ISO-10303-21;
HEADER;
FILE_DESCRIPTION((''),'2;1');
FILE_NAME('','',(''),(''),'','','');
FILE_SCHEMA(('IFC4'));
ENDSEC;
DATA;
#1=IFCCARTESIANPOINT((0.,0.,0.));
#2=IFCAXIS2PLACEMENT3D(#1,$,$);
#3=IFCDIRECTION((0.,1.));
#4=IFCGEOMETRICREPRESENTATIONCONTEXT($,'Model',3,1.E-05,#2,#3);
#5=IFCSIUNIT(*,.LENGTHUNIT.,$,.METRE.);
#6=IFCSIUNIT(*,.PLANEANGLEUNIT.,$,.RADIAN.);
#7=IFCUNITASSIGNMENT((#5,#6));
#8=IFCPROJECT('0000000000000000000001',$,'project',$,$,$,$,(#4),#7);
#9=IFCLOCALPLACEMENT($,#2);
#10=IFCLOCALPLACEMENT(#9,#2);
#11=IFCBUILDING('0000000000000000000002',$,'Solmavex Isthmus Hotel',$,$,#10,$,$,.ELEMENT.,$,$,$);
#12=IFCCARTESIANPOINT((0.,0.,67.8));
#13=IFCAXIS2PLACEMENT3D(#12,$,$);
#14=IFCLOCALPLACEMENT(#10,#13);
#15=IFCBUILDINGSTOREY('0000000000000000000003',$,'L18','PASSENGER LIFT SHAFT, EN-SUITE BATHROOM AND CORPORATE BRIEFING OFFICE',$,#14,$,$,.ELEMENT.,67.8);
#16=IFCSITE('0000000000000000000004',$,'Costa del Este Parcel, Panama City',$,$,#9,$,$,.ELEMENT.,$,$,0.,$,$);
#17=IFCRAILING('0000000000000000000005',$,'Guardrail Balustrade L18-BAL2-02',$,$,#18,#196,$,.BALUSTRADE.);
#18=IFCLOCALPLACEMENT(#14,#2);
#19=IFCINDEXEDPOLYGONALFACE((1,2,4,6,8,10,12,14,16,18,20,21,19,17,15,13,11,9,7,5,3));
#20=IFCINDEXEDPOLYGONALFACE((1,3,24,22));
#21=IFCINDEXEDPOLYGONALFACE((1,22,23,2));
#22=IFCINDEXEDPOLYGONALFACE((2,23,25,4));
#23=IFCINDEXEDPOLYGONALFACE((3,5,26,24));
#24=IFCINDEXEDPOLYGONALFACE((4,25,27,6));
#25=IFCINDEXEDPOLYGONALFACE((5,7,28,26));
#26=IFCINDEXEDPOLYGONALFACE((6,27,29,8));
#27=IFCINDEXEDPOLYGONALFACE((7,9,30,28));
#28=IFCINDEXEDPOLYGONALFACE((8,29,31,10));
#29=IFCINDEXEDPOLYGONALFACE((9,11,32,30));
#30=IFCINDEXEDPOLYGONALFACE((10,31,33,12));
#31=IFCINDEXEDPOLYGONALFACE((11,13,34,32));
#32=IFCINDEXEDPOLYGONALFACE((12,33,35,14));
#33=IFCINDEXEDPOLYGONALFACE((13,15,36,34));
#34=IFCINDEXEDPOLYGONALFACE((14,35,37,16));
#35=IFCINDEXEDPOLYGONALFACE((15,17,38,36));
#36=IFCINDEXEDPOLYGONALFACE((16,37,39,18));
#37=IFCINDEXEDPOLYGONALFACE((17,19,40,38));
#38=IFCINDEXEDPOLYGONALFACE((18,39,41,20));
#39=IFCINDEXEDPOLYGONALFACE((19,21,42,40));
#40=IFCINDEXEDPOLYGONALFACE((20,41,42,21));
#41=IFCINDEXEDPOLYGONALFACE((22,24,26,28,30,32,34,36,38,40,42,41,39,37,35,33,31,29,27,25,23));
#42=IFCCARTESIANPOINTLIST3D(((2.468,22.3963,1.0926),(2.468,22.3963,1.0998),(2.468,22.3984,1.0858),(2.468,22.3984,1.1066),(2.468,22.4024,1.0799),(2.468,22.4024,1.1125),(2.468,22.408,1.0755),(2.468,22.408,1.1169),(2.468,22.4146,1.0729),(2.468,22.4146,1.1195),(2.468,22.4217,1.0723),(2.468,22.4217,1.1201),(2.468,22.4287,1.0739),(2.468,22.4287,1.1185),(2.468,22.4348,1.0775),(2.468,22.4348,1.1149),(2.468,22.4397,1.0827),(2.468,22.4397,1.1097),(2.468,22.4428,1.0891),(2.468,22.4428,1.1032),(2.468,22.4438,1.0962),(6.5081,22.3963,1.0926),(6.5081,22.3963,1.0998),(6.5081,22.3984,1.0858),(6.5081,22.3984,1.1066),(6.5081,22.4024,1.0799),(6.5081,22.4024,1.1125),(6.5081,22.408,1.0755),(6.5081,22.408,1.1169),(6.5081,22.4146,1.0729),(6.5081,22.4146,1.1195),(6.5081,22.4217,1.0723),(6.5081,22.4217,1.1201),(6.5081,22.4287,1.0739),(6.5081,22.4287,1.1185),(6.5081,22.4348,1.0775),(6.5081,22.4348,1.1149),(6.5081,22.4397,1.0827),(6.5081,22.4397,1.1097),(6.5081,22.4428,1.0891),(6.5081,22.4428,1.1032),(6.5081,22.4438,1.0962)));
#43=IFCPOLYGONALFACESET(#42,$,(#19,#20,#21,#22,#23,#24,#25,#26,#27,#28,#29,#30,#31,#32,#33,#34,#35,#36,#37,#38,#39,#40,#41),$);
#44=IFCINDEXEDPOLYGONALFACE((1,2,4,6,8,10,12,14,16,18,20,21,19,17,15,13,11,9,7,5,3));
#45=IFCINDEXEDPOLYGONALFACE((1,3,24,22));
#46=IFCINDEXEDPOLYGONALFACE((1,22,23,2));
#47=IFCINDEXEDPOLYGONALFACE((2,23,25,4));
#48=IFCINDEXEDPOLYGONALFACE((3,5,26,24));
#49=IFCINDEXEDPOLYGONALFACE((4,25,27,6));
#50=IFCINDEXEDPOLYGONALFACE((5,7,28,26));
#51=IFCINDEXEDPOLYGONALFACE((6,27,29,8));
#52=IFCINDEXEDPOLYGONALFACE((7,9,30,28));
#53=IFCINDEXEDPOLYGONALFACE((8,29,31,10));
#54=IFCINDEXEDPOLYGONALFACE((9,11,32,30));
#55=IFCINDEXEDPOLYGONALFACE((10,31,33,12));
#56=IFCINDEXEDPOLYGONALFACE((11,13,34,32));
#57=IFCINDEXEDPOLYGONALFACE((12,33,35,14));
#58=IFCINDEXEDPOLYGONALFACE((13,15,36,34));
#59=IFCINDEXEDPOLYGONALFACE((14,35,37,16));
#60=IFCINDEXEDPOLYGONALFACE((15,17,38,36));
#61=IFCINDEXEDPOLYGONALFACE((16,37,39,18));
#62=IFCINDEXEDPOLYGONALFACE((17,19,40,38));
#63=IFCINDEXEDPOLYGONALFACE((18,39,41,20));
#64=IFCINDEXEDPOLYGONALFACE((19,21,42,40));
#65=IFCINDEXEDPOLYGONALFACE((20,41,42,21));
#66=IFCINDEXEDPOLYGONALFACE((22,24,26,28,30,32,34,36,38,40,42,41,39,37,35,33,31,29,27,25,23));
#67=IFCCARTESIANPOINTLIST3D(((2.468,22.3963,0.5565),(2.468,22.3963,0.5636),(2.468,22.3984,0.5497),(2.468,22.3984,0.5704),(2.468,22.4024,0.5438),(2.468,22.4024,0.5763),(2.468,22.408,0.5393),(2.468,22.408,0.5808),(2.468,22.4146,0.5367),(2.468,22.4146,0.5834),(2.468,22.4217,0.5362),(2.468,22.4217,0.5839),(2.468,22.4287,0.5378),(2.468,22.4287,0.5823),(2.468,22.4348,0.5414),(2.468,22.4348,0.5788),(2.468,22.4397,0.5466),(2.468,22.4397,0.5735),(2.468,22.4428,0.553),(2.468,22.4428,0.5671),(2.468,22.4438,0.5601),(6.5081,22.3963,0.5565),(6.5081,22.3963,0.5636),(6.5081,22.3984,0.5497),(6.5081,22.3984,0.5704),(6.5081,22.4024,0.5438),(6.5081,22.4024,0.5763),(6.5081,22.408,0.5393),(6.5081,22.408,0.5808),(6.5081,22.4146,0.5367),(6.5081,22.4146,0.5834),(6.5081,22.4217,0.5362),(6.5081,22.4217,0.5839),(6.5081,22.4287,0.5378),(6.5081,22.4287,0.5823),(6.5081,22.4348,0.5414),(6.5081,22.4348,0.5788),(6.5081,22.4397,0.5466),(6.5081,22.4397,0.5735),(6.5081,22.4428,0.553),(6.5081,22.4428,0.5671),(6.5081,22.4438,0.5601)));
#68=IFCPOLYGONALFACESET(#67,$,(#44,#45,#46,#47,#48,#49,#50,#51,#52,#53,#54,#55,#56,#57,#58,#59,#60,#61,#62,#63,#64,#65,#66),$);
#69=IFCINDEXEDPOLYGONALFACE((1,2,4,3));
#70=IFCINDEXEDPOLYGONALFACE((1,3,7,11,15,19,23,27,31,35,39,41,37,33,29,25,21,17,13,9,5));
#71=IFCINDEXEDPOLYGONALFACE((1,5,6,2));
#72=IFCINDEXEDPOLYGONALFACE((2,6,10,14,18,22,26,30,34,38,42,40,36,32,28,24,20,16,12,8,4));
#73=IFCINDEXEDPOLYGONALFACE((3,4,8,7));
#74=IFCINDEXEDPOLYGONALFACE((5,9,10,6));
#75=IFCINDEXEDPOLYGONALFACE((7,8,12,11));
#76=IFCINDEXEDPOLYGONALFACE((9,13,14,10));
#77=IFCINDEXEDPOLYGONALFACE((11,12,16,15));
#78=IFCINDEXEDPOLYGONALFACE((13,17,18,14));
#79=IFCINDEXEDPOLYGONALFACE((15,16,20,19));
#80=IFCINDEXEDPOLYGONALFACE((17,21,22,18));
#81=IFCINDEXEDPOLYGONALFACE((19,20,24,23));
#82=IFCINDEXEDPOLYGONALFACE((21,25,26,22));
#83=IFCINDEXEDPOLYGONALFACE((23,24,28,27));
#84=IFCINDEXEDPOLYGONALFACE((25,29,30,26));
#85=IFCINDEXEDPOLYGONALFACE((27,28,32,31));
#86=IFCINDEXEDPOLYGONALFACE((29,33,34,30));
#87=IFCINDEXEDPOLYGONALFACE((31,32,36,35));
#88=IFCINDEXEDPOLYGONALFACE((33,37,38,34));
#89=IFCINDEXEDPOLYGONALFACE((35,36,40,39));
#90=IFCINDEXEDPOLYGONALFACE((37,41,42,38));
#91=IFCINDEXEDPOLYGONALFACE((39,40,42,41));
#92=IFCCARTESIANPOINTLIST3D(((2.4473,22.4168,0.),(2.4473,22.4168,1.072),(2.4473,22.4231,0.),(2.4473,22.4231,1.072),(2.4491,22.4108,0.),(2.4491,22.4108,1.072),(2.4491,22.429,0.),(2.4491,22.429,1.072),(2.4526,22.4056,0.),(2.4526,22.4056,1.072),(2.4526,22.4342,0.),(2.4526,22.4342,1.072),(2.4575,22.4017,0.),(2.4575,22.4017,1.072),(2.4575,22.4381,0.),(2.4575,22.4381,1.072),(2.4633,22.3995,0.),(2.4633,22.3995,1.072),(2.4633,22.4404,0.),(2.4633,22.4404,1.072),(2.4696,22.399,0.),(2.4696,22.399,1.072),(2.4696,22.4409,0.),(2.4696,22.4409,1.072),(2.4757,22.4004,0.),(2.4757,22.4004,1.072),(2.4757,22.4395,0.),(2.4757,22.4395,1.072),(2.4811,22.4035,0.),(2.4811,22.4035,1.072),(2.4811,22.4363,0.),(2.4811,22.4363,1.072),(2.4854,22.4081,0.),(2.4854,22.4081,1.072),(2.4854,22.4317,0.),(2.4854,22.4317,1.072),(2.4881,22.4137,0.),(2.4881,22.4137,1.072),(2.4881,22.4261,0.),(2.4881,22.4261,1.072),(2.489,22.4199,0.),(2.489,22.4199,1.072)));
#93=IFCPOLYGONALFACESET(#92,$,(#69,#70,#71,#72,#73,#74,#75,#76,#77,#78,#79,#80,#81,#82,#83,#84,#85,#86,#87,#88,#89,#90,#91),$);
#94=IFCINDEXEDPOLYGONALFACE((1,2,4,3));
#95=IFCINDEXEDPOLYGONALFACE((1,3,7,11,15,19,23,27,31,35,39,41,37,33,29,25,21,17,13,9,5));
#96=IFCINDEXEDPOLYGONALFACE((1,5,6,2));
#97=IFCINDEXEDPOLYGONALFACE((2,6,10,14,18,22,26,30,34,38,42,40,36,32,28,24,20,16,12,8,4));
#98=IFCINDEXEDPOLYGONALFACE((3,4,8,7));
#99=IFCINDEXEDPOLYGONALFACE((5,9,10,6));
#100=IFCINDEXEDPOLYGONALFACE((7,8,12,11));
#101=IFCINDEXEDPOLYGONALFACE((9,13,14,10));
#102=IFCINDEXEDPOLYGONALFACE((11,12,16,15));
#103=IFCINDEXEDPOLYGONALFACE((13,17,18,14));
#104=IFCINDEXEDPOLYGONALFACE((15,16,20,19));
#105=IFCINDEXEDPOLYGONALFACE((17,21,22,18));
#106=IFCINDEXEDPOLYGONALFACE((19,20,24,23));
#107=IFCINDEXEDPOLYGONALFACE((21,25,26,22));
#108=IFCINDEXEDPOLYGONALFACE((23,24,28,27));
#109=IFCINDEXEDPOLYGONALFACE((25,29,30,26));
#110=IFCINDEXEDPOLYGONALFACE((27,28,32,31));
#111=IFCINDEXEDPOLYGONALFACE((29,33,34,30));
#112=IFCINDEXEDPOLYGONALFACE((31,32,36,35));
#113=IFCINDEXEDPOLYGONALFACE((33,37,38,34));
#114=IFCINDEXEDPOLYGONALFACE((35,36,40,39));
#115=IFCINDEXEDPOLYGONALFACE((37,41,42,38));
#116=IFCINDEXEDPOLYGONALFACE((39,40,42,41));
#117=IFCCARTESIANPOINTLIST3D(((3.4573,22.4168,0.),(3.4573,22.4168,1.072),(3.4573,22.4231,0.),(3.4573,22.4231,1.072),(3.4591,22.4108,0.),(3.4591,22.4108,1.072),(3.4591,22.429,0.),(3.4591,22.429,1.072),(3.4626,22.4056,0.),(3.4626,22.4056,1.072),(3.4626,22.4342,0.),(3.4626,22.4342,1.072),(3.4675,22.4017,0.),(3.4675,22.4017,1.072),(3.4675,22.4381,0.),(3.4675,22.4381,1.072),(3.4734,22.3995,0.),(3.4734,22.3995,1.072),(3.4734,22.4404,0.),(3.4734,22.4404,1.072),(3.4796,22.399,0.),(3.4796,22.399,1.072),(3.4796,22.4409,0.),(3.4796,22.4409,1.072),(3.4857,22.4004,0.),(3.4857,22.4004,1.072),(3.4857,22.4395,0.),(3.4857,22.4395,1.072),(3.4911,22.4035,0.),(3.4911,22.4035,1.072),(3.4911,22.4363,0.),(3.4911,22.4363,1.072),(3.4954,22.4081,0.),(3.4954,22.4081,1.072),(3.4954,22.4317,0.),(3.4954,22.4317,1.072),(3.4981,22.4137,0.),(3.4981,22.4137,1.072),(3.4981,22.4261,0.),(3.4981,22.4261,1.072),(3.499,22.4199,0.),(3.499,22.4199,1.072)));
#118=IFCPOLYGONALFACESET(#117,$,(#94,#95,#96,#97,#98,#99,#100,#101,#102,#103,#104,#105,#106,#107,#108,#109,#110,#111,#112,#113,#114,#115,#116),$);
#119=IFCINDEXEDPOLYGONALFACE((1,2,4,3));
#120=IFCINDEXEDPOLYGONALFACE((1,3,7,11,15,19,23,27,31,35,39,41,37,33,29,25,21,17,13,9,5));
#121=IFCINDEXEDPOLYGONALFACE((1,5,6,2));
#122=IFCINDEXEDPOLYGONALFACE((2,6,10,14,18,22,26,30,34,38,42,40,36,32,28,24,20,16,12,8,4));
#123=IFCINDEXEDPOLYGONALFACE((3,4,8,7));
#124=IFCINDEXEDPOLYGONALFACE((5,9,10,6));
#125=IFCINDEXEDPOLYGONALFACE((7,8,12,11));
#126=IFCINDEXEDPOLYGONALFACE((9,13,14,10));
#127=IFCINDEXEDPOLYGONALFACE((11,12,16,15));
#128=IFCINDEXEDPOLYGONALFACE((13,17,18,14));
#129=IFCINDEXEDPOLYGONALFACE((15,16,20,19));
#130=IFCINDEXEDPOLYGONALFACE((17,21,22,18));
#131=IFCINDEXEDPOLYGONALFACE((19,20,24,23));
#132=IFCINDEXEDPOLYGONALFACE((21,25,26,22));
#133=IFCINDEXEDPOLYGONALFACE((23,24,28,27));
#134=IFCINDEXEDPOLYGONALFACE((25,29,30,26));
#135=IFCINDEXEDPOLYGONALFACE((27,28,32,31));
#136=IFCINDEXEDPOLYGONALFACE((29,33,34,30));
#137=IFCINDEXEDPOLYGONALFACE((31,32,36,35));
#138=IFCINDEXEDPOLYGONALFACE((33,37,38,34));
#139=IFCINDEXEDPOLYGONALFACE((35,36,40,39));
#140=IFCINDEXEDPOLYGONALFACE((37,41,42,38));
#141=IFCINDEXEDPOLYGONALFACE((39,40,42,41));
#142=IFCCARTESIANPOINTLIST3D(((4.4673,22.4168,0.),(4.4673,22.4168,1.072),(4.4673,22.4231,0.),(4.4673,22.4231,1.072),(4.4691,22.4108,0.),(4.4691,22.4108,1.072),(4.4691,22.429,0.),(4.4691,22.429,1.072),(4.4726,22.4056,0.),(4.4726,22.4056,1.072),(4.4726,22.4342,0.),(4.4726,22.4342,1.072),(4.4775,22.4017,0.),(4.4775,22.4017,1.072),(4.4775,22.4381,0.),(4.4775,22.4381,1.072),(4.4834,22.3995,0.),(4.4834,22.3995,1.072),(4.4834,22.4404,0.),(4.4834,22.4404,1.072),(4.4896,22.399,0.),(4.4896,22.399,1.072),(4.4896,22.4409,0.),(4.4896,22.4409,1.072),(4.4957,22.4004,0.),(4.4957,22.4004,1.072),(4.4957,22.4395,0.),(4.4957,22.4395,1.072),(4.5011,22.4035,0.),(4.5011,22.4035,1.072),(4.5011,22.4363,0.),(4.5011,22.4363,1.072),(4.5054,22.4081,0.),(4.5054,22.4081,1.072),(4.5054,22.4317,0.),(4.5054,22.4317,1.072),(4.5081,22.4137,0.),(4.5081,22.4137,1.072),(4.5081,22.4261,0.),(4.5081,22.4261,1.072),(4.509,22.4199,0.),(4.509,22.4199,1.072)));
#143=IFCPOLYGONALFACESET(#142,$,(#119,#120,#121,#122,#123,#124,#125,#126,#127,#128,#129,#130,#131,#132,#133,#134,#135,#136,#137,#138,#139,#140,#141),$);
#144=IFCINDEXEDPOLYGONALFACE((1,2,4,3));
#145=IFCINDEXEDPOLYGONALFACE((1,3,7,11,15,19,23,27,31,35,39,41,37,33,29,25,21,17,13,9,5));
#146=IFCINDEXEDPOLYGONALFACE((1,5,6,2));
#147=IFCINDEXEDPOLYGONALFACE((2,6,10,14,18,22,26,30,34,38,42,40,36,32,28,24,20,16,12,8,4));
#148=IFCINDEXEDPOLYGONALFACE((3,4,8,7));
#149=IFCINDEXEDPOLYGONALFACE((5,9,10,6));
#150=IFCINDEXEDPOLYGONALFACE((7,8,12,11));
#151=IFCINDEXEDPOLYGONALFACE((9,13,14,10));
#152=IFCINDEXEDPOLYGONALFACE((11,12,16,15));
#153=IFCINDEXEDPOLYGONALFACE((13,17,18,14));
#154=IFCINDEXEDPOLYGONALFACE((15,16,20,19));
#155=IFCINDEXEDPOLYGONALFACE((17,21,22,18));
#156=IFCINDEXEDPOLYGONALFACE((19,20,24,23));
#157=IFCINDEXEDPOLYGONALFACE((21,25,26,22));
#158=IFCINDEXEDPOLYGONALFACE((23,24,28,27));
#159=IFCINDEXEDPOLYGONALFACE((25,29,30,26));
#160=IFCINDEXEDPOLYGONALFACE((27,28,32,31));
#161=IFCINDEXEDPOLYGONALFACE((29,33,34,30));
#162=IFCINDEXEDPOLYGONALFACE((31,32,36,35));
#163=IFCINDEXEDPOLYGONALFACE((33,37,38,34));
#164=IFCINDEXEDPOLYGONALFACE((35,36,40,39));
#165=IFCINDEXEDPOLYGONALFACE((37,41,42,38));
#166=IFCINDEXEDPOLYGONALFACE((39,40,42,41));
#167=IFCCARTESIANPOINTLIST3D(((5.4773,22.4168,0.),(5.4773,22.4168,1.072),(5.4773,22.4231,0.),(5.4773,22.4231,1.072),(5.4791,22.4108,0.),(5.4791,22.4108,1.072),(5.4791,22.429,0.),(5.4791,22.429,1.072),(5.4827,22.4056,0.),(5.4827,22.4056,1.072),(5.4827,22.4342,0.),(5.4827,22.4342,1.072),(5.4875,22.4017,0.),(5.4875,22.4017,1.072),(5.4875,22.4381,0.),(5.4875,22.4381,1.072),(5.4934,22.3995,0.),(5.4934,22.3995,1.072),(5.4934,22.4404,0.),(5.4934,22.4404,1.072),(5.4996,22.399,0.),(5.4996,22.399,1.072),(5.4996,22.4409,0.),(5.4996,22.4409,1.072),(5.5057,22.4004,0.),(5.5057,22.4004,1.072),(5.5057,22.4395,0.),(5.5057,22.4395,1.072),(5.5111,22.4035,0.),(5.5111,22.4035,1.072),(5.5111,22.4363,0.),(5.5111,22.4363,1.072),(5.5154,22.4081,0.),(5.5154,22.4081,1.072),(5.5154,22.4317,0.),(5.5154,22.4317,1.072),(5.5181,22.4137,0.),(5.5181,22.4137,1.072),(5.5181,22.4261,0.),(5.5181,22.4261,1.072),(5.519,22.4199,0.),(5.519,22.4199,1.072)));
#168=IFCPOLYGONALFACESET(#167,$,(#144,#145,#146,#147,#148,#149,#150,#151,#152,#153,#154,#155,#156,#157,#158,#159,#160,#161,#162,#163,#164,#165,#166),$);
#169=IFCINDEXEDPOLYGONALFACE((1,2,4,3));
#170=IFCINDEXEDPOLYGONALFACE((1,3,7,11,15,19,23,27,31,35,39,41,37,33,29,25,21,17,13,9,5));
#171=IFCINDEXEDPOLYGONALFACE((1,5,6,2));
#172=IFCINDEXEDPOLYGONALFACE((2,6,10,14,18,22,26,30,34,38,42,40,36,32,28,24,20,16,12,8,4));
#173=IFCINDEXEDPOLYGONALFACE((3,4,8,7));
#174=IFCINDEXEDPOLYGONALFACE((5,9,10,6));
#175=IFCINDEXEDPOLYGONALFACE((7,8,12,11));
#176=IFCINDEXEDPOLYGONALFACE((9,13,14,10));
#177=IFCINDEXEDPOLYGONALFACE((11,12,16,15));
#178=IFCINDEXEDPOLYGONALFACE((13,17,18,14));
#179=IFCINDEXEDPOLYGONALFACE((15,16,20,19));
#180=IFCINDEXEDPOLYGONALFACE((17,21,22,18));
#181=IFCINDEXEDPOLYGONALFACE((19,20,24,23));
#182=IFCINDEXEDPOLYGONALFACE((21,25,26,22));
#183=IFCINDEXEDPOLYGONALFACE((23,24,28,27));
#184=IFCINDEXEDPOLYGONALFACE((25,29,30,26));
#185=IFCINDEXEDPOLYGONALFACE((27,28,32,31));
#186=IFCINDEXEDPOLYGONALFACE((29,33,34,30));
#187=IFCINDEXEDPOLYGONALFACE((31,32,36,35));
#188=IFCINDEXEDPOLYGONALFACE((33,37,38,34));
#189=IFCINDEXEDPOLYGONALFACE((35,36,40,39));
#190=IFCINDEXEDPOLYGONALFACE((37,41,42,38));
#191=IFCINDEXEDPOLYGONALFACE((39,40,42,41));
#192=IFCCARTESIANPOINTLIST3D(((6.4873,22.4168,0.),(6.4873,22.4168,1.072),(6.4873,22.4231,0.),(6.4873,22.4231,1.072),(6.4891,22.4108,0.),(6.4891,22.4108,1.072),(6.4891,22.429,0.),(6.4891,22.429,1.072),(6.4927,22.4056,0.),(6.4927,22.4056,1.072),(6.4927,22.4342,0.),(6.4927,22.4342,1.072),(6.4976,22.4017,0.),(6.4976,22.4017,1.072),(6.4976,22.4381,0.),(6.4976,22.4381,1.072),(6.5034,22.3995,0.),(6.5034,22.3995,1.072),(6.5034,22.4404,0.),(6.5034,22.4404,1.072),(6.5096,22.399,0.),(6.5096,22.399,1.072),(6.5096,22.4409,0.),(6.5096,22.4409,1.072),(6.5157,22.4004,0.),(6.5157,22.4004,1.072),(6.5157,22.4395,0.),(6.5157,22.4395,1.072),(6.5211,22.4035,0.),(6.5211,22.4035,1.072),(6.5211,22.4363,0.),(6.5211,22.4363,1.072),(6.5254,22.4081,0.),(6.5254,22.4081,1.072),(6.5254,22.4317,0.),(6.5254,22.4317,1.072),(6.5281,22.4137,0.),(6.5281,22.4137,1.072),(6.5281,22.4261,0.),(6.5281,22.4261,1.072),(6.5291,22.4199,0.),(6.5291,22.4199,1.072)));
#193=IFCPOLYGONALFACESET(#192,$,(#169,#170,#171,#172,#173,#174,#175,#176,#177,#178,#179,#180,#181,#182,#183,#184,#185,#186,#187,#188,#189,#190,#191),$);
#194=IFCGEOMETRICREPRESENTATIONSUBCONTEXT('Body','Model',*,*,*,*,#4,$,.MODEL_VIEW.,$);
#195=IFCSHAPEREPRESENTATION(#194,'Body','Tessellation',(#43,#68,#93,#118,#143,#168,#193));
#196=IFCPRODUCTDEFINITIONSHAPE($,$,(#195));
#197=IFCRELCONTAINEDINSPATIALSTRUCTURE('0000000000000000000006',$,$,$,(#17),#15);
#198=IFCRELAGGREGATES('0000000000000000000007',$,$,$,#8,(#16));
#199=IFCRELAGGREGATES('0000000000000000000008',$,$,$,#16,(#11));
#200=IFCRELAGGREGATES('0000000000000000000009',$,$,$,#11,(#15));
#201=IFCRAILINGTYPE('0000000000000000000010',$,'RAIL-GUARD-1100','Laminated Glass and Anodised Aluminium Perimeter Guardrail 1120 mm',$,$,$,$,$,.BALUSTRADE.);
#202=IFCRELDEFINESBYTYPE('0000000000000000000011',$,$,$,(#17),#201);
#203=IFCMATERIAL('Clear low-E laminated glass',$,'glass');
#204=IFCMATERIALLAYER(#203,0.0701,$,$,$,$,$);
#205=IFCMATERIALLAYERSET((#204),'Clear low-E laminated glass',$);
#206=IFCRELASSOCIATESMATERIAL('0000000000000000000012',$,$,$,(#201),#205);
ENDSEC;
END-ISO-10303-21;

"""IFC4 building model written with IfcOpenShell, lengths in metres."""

from ifc_helpers import new_model, si_unit, direction, frame, origin, origin_2d, place, context, subcontext, project, spatial, circle, extrude, material, layer, layer_set, type_object, element, save


model = new_model("IFC4")

# Units and contexts
model_context = context("Model", 3, precision=1e-05, world=origin(), true_north=direction((0.0, 1.0)))
body_context = subcontext(model_context, "Body", "Model", "MODEL_VIEW")
ifc_project = project(units=[si_unit("LENGTHUNIT", "METRE"), si_unit("PLANEANGLEUNIT", "RADIAN")], contexts=[model_context])

# Site, building, storey
site_placement = place(None, origin())
site = spatial("IfcSite", under=ifc_project, at=site_placement, Name="Costa del Este Parcel, Panama City", CompositionType="ELEMENT", RefElevation=0.0)
building_placement = place(site_placement, origin())
building = spatial("IfcBuilding", under=site, at=building_placement, Name="Solmavex Isthmus Hotel", CompositionType="ELEMENT")
storey_placement = place(building_placement, frame((0.0, 0.0, 67.8)))
storey = spatial("IfcBuildingStorey", under=building, at=storey_placement, Name="L18", Description="PASSENGER LIFT SHAFT, EN-SUITE BATHROOM AND CORPORATE BRIEFING OFFICE", CompositionType="ELEMENT", Elevation=67.8)

# Shared definitions
ifc_material_1 = material(Name="Clear low-E laminated glass", Category="glass")

# Railing
ifc_layer_1 = layer(ifc_material_1, 0.0701)
ifc_layer_set_1 = layer_set([ifc_layer_1], Name="Clear low-E laminated glass")
railing_type = type_object("IfcRailingType", Name="RAIL-GUARD-1100", Description="Laminated Glass and Anodised Aluminium Perimeter Guardrail 1120 mm", PredefinedType="BALUSTRADE", material=ifc_layer_set_1)
railing_1_placement = place(storey_placement, frame((2.468, 22.4199, 0.0)))
element("IfcRailing", 1, at=railing_1_placement, inside=storey, type_object=railing_type, Name="Guardrail Balustrade L18-BAL2-02", PredefinedType="BALUSTRADE", context=body_context, shape_type="SweptSolid", body=[
    extrude(circle(Radius=0.0239, at=origin_2d()), frame((0.0, 0.0, 1.0962), z_axis=(1.0, 0.0, 0.0), x_axis=(0.0, 1.0, 0.0)), (0.0, 0.0, 1.0), 4.04),
    extrude(circle(Radius=0.0239, at=origin_2d()), frame((0.0, 0.0, 0.5601), z_axis=(1.0, 0.0, 0.0), x_axis=(0.0, 1.0, 0.0)), (0.0, 0.0, 1.0), 4.04),
    extrude(circle(Radius=0.021, at=origin_2d()), origin(), (0.0, 0.0, 1.0), 1.072),
    extrude(circle(Radius=0.021, at=origin_2d()), frame((1.01, 0.0, 0.0)), (0.0, 0.0, 1.0), 1.072),
    extrude(circle(Radius=0.021, at=origin_2d()), frame((2.02, 0.0, 0.0)), (0.0, 0.0, 1.0), 1.072),
    extrude(circle(Radius=0.021, at=origin_2d()), frame((3.03, 0.0, 0.0)), (0.0, 0.0, 1.0), 1.072),
    extrude(circle(Radius=0.021, at=origin_2d()), frame((4.04, 0.0, 0.0)), (0.0, 0.0, 1.0), 1.072),
])

save(model, "model.ifc")
